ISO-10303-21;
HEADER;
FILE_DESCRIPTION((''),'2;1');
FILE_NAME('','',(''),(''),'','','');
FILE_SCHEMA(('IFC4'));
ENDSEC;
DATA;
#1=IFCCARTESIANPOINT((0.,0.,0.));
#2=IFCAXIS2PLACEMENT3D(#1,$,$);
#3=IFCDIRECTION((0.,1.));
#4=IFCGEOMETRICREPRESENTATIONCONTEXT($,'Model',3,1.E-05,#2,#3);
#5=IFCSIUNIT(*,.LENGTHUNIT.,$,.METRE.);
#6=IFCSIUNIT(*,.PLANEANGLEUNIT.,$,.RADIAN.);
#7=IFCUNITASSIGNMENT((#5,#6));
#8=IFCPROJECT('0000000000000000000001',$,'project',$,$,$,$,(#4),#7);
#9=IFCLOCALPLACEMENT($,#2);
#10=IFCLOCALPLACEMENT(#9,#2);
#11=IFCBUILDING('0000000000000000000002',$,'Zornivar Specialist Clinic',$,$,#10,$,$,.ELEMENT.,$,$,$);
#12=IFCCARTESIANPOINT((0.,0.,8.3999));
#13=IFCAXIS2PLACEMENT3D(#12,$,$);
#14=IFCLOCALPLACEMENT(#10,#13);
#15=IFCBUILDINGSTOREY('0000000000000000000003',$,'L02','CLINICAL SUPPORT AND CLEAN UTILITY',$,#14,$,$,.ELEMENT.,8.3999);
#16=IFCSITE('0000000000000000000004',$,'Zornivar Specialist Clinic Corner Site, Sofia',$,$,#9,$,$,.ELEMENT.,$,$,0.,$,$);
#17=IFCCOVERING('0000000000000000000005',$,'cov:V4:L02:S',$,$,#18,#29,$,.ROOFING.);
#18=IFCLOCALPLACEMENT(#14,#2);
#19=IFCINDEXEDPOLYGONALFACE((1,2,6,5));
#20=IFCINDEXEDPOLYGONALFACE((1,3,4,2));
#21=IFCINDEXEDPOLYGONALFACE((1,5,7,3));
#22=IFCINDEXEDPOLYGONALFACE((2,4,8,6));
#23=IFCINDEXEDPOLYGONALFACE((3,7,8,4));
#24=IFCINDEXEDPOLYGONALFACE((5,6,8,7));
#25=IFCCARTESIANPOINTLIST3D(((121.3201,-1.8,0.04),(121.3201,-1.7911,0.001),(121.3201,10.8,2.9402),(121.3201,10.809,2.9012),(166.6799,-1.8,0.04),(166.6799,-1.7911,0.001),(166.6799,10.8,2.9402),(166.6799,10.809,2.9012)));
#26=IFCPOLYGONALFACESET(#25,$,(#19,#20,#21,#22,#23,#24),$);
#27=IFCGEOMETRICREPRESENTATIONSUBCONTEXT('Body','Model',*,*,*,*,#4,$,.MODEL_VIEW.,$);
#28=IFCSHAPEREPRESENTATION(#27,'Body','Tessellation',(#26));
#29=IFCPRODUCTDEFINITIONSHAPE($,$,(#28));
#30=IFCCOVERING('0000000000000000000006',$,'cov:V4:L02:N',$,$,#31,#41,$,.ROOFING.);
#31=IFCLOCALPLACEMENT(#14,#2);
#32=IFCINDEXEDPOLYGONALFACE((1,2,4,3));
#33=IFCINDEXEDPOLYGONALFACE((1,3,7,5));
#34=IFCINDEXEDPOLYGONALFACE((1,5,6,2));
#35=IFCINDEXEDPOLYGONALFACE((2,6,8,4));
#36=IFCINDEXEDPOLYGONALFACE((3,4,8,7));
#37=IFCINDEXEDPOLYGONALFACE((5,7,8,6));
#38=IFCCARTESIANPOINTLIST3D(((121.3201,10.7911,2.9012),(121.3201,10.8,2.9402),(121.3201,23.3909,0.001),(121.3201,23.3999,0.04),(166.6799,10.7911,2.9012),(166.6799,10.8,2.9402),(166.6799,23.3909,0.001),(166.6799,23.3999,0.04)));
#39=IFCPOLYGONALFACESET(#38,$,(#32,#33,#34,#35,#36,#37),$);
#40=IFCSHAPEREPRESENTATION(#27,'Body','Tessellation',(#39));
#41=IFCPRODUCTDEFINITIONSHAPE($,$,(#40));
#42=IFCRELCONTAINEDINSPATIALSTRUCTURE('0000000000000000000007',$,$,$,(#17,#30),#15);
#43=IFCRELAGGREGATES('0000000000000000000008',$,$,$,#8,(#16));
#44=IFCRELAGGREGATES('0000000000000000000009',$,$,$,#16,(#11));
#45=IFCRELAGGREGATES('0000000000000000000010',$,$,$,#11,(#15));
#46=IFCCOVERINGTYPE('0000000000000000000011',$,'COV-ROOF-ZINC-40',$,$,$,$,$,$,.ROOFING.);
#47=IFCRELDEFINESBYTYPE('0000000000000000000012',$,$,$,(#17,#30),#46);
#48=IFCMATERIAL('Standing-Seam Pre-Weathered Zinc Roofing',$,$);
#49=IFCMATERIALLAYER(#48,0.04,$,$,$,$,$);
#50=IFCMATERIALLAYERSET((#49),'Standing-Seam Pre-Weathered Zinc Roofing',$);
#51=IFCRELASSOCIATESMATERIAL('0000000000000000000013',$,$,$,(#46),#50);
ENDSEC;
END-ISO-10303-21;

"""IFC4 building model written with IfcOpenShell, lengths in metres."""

from ifc_helpers import new_model, si_unit, direction, frame, origin, place, context, subcontext, project, spatial, polyline, outline, extrude, material, layer, layer_set, type_object, element, save


model = new_model("IFC4")

# Units and contexts
model_context = context("Model", 3, precision=1e-05, world=origin(), true_north=direction((0.0, 1.0)))
body_context = subcontext(model_context, "Body", "Model", "MODEL_VIEW")
ifc_project = project(units=[si_unit("LENGTHUNIT", "METRE"), si_unit("PLANEANGLEUNIT", "RADIAN")], contexts=[model_context])

# Site, building, storey
site_placement = place(None, origin())
site = spatial("IfcSite", under=ifc_project, at=site_placement, Name="Zornivar Specialist Clinic Corner Site, Sofia", CompositionType="ELEMENT", RefElevation=0.0)
building_placement = place(site_placement, origin())
building = spatial("IfcBuilding", under=site, at=building_placement, Name="Zornivar Specialist Clinic", CompositionType="ELEMENT")
storey_placement = place(building_placement, frame((0.0, 0.0, 8.3999)))
storey = spatial("IfcBuildingStorey", under=building, at=storey_placement, Name="L02", Description="CLINICAL SUPPORT AND CLEAN UTILITY", CompositionType="ELEMENT", Elevation=8.3999)

# Coverings
ifc_material_1 = material(Name="Standing-Seam Pre-Weathered Zinc Roofing")
ifc_layer_1 = layer(ifc_material_1, 0.04)
ifc_layer_set_1 = layer_set([ifc_layer_1], Name="Standing-Seam Pre-Weathered Zinc Roofing")
covering_type = type_object("IfcCoveringType", Name="COV-ROOF-ZINC-40", PredefinedType="ROOFING", material=ifc_layer_set_1)
covering_1_placement = place(storey_placement, frame((121.3201, -1.8, 0.04), z_axis=(0.0, -0.224304, 0.974519), x_axis=(1.0, 0.0, 0.0)))
element("IfcCovering", 1, at=covering_1_placement, inside=storey, type_object=covering_type, Name="cov:V4:L02:S", PredefinedType="ROOFING", context=body_context, shape_type="SweptSolid", body=[
    extrude(outline(polyline([(0.0, 0.0), (45.3599, 0.0), (45.3599, 12.9296), (0.0, 12.9296), (0.0, 0.0)])), origin(), (0.0, 0.0, -1.0), 0.04),
])
covering_2_placement = place(storey_placement, frame((121.3201, 10.8, 2.9402), z_axis=(0.0, 0.224308, 0.974518), x_axis=(1.0, 0.0, 0.0)))
element("IfcCovering", 2, at=covering_2_placement, inside=storey, type_object=covering_type, Name="cov:V4:L02:N", PredefinedType="ROOFING", context=body_context, shape_type="SweptSolid", body=[
    extrude(outline(polyline([(0.0, 0.0), (45.3599, 0.0), (45.3599, 12.9293), (0.0, 12.9293), (0.0, 0.0)])), origin(), (0.0, 0.0, -1.0), 0.04),
])

save(model, "model.ifc")
